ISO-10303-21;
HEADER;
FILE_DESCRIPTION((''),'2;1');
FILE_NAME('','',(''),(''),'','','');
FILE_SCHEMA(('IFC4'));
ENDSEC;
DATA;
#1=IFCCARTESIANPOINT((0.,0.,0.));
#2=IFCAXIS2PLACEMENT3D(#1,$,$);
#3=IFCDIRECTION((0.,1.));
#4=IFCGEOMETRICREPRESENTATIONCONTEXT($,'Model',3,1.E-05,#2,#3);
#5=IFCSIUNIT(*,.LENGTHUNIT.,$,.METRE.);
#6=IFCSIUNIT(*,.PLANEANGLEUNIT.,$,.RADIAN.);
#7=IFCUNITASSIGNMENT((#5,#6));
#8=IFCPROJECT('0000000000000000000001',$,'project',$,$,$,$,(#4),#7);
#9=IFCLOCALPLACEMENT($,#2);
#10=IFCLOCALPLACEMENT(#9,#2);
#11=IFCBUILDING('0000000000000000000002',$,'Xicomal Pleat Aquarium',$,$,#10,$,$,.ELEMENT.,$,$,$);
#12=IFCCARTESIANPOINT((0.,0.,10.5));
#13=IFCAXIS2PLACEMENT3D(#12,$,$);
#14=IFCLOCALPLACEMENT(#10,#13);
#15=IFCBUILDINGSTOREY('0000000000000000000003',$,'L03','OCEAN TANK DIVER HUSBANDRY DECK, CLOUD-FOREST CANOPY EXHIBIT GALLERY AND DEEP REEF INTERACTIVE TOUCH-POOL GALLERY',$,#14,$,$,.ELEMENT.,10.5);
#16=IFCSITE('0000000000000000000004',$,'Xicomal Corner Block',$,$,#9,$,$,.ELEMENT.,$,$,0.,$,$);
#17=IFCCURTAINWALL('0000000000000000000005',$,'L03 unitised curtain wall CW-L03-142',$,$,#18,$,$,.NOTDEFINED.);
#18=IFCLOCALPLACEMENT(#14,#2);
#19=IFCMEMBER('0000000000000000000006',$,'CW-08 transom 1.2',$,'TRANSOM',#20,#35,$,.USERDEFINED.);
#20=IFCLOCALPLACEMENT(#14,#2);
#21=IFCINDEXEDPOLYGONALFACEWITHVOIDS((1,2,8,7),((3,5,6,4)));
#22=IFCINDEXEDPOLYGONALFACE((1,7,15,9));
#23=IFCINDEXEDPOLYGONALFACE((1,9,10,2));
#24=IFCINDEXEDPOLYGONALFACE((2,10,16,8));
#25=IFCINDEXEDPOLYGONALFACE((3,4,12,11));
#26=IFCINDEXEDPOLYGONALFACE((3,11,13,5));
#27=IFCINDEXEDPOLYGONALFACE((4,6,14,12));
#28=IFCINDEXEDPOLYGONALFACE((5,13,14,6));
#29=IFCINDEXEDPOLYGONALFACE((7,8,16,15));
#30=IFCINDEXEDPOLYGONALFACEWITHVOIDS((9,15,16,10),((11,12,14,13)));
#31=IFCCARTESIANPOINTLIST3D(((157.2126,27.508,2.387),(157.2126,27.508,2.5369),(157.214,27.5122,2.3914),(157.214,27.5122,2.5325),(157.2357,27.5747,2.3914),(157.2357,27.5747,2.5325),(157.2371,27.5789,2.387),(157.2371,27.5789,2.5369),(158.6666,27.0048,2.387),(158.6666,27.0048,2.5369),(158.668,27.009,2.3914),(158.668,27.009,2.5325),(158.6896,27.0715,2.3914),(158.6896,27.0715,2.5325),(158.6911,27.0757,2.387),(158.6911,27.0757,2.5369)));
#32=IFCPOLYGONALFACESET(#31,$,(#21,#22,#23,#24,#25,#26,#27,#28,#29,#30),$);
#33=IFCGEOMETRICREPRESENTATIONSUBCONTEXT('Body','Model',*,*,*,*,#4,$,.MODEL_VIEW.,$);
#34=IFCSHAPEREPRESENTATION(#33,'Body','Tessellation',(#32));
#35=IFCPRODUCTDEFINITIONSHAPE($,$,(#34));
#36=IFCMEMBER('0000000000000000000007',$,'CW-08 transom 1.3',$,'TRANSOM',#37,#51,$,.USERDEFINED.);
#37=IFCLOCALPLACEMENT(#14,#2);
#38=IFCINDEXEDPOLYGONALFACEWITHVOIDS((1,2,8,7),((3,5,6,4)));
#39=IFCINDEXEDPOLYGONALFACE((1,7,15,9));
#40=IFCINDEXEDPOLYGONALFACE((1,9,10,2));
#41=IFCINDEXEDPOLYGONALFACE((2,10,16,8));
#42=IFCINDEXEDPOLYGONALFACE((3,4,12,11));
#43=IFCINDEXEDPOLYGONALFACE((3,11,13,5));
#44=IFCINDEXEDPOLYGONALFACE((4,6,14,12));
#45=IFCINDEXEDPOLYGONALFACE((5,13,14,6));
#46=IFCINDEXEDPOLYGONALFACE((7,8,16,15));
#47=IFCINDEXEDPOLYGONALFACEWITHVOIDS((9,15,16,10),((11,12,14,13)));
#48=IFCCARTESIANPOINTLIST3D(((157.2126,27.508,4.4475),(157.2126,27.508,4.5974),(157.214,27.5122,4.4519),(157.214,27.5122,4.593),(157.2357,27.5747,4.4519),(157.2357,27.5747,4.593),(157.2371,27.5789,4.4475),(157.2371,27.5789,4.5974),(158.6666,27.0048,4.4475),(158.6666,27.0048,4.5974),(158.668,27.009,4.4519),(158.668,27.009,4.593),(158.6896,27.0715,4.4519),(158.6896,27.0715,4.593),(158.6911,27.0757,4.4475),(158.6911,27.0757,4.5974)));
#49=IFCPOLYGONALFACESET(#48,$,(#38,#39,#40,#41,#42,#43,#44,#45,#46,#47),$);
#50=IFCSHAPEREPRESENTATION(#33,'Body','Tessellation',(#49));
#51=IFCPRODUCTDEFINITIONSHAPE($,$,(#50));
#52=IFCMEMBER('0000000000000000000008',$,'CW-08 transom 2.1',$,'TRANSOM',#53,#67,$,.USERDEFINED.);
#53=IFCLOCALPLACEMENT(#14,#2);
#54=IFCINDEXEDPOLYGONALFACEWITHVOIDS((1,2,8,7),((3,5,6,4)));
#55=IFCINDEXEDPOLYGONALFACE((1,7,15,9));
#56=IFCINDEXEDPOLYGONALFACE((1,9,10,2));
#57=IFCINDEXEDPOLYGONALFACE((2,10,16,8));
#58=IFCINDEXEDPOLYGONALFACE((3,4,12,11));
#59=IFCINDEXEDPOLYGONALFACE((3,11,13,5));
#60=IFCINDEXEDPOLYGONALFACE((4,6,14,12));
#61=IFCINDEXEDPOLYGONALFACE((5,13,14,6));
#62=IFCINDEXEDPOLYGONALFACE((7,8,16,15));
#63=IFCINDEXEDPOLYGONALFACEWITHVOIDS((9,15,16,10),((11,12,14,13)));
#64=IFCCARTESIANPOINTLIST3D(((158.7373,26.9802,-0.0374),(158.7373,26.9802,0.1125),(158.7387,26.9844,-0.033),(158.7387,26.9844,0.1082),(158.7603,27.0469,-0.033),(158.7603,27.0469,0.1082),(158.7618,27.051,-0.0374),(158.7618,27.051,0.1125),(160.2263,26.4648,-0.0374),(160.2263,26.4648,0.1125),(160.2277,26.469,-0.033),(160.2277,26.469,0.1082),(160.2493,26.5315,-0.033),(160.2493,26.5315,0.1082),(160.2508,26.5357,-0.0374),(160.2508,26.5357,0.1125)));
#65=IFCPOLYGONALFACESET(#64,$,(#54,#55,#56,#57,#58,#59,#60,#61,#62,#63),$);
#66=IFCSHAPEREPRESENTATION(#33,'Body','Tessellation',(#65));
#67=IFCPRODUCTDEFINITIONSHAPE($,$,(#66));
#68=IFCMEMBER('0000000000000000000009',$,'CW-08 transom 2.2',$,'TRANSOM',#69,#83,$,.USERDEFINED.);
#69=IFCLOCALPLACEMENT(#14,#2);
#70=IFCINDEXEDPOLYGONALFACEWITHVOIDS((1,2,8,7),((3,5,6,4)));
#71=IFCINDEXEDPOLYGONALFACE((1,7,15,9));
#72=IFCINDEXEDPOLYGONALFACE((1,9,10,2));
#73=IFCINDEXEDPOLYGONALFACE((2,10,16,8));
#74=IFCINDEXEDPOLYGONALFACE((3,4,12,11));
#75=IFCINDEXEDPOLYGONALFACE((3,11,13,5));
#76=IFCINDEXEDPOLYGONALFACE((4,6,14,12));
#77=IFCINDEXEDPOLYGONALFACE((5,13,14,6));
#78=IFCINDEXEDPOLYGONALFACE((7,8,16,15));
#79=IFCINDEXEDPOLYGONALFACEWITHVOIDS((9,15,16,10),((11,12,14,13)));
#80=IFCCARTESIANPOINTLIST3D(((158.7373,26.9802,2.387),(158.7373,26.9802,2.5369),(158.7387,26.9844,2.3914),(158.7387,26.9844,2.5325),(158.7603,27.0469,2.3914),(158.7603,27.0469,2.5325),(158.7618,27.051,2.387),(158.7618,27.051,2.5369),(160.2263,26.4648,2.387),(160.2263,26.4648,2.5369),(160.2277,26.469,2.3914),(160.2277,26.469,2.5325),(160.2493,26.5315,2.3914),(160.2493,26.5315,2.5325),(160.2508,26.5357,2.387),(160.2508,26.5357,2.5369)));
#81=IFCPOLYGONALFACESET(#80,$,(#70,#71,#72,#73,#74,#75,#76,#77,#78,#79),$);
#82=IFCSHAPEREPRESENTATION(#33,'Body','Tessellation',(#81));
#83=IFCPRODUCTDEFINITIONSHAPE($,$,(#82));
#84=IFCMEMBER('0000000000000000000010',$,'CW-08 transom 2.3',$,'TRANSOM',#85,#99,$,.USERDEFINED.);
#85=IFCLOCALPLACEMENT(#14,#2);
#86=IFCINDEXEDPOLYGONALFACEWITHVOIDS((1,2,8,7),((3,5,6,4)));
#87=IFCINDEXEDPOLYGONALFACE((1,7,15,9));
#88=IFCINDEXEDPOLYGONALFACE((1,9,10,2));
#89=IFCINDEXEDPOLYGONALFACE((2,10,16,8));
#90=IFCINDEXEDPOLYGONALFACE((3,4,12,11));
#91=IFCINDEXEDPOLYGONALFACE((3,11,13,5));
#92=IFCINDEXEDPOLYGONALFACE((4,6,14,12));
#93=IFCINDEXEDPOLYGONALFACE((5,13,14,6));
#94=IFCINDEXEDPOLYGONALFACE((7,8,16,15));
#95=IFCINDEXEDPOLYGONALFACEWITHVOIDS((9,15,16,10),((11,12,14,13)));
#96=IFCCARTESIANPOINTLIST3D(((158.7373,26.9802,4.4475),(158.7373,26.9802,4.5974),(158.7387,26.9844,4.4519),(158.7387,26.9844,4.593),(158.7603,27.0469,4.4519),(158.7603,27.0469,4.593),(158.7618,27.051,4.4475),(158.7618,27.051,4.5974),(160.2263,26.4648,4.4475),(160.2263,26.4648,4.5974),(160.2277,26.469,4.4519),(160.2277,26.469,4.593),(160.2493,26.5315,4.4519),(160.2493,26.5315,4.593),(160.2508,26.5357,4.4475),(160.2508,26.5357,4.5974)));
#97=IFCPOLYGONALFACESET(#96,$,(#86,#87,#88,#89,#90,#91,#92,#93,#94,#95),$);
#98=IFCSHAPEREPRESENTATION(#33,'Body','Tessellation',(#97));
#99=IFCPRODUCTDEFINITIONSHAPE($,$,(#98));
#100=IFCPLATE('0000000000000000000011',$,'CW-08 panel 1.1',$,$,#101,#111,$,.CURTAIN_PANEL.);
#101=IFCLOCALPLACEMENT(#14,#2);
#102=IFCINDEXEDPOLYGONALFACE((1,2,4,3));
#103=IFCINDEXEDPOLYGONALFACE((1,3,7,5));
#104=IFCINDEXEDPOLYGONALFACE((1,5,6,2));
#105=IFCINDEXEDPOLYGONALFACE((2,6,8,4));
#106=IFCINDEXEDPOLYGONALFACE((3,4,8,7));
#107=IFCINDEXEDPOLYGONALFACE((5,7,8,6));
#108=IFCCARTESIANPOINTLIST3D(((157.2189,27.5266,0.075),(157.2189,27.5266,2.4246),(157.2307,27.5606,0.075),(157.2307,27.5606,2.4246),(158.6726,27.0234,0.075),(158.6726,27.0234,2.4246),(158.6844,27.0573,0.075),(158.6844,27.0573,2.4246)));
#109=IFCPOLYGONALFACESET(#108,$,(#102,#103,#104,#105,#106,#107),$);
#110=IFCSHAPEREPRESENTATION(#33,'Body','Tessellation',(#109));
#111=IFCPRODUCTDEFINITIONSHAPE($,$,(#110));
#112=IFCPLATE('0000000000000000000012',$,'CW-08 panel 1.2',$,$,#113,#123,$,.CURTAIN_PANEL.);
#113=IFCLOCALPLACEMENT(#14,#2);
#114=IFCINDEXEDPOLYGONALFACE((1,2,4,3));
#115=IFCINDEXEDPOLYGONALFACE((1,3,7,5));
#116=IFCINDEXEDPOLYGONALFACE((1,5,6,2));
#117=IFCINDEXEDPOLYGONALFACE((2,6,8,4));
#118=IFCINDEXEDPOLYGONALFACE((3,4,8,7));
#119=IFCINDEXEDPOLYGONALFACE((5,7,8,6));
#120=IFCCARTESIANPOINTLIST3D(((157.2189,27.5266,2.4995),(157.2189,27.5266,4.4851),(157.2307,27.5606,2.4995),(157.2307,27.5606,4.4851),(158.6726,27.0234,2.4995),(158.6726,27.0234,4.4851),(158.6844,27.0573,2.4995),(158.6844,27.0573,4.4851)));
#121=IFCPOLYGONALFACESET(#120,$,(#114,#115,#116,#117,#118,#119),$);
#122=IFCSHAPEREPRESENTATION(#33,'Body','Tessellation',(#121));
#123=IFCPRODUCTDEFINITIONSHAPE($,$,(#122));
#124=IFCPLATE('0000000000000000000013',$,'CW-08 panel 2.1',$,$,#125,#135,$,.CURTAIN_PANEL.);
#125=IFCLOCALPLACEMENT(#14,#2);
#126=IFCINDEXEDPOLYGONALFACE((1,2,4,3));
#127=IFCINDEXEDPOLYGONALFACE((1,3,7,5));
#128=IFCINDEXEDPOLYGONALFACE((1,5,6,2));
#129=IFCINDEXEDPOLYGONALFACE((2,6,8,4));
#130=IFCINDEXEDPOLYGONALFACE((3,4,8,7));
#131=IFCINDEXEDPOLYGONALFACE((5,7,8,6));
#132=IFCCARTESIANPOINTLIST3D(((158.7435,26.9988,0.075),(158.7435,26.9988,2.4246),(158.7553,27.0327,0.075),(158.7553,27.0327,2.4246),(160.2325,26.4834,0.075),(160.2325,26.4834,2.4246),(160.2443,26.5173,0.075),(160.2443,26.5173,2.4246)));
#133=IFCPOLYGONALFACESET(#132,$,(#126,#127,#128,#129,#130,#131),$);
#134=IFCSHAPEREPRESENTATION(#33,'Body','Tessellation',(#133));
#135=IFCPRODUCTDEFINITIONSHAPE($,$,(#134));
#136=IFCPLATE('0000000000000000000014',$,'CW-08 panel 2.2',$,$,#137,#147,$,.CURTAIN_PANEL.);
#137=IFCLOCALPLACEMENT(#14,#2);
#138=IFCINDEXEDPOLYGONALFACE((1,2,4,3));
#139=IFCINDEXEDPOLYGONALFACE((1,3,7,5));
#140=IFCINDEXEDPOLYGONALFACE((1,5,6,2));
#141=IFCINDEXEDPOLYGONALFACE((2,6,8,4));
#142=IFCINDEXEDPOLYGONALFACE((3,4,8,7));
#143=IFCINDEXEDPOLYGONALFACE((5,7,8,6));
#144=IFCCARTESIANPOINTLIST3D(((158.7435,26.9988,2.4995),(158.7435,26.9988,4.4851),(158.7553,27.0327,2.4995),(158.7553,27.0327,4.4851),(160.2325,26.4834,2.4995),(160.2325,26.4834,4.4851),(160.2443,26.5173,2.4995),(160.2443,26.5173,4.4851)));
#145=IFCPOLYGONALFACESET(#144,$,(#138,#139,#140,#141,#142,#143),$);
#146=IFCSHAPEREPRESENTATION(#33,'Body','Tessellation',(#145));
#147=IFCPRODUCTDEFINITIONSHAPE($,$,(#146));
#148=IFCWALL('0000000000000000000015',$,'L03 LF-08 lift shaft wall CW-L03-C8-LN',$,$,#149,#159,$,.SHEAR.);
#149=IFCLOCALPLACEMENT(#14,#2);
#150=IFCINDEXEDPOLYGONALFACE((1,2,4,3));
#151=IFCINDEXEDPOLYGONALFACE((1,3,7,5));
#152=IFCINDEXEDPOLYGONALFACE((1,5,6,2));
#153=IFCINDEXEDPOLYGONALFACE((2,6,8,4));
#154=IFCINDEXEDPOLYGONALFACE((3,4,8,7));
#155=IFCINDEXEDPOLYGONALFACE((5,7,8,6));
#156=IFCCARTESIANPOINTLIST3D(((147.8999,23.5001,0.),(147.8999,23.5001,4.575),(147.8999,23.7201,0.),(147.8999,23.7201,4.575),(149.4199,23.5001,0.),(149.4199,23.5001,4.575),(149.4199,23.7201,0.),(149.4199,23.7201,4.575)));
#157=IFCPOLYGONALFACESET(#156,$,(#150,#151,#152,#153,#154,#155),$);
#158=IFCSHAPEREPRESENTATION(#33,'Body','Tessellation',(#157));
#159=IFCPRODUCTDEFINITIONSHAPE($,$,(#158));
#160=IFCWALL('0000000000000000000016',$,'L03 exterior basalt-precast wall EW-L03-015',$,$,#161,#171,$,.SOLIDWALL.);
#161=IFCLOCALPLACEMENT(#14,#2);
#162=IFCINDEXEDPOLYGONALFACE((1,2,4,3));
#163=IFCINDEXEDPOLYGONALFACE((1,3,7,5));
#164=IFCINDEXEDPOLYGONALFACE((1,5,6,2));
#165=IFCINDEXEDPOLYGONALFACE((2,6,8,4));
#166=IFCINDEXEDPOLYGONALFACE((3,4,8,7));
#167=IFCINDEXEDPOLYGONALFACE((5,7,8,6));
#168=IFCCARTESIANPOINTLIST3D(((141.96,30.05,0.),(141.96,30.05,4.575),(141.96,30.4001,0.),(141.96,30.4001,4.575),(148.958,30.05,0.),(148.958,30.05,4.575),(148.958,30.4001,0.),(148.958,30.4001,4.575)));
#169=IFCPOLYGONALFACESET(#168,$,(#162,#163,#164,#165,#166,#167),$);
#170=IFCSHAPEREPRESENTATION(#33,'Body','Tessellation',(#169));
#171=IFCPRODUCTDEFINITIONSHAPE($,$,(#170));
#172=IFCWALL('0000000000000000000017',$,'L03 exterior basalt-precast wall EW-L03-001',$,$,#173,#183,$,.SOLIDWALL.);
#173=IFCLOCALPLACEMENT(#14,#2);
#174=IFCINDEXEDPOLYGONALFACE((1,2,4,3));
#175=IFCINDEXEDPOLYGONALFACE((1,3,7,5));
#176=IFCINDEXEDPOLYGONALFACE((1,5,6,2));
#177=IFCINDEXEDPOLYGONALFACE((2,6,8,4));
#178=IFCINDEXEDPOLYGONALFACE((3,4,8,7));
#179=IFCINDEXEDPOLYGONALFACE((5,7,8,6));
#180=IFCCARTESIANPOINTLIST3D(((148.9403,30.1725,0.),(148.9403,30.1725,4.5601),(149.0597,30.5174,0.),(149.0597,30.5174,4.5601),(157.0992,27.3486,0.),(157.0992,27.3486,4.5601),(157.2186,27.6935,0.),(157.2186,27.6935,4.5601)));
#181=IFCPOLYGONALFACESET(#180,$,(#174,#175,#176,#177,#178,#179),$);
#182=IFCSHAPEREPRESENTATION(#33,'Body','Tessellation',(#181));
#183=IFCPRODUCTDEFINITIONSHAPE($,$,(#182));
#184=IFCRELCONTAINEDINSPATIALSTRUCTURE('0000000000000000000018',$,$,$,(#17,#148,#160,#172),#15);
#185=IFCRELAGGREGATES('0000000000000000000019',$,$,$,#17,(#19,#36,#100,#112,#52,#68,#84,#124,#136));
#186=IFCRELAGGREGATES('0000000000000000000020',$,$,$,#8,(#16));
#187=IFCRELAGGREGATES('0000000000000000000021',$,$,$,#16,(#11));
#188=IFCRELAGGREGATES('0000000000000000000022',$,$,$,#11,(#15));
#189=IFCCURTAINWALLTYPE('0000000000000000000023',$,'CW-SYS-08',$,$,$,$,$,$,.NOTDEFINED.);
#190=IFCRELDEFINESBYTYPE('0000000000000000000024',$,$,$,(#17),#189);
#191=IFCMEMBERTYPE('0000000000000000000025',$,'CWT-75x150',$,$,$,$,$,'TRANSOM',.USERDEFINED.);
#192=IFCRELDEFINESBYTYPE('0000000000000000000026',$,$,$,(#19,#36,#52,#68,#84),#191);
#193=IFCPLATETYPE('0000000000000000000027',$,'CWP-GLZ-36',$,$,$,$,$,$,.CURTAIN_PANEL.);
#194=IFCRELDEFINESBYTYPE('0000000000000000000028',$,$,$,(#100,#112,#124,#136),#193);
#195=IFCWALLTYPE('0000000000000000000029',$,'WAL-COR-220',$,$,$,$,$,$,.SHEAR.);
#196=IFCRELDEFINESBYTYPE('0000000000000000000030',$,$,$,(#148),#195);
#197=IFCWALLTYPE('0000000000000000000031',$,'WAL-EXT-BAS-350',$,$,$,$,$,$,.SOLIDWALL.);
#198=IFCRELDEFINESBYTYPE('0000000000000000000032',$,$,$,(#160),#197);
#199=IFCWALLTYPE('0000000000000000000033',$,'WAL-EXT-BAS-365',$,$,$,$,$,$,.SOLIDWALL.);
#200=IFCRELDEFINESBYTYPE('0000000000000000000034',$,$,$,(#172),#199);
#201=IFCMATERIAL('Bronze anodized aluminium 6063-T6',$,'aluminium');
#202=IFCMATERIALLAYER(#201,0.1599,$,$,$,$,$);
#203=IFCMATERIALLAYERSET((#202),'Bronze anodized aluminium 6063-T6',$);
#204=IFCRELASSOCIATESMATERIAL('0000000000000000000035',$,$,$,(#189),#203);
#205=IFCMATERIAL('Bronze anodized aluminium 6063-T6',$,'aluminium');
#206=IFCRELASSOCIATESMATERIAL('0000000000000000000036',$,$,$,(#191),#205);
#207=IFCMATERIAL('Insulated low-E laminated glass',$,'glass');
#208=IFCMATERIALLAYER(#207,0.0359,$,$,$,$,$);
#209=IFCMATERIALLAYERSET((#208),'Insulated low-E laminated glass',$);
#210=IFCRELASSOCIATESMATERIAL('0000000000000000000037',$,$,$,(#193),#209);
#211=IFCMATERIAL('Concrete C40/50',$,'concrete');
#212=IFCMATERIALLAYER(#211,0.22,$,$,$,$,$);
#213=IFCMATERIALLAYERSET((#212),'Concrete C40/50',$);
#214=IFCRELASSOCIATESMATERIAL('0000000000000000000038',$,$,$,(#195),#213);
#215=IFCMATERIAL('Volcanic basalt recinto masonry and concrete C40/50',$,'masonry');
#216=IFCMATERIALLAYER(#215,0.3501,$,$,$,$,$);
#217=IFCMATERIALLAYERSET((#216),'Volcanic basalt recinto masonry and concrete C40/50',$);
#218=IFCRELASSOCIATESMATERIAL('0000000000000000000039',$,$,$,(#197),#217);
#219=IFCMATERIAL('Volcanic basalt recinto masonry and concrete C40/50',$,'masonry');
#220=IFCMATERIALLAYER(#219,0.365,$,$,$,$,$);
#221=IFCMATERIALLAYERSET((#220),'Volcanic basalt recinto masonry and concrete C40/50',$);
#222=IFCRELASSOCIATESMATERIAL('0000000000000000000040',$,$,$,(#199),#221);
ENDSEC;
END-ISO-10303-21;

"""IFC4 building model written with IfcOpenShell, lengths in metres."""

from ifc_helpers import new_model, si_unit, direction, frame, frame_2d, origin, origin_2d, place, context, subcontext, project, spatial, rectangle, hollow_rectangle, extrude, material, layer, layer_set, material_profile, profile_set, type_object, element, aggregate, save


model = new_model("IFC4")

# Units and contexts
model_context = context("Model", 3, precision=1e-05, world=origin(), true_north=direction((0.0, 1.0)))
body_context = subcontext(model_context, "Body", "Model", "MODEL_VIEW")
ifc_project = project(units=[si_unit("LENGTHUNIT", "METRE"), si_unit("PLANEANGLEUNIT", "RADIAN")], contexts=[model_context])

# Site, building, storey
site_placement = place(None, origin())
site = spatial("IfcSite", under=ifc_project, at=site_placement, Name="Xicomal Corner Block", CompositionType="ELEMENT", RefElevation=0.0)
building_placement = place(site_placement, origin())
building = spatial("IfcBuilding", under=site, at=building_placement, Name="Xicomal Pleat Aquarium", CompositionType="ELEMENT")
storey_placement = place(building_placement, frame((0.0, 0.0, 10.5)))
storey = spatial("IfcBuildingStorey", under=building, at=storey_placement, Name="L03", Description="OCEAN TANK DIVER HUSBANDRY DECK, CLOUD-FOREST CANOPY EXHIBIT GALLERY AND DEEP REEF INTERACTIVE TOUCH-POOL GALLERY", CompositionType="ELEMENT", Elevation=10.5)

# Curtain wall, members, plates
ifc_material_1 = material(Name="Bronze anodized aluminium 6063-T6", Category="aluminium")
ifc_layer_1 = layer(ifc_material_1, 0.1599)
ifc_layer_set_1 = layer_set([ifc_layer_1], Name="Bronze anodized aluminium 6063-T6")
curtain_wall_type = type_object("IfcCurtainWallType", Name="CW-SYS-08", PredefinedType="NOTDEFINED", material=ifc_layer_set_1)
curtain_wall_placement = place(storey_placement, origin())
curtain_wall = element("IfcCurtainWall", 1, at=curtain_wall_placement, inside=storey, type_object=curtain_wall_type, Name="L03 unitised curtain wall CW-L03-142", PredefinedType="NOTDEFINED")
ifc_material_2 = material(Name="Bronze anodized aluminium 6063-T6", Category="aluminium")
ifc_material_profile_1 = material_profile(ifc_material_2, hollow_rectangle(XDim=0.075, YDim=0.1499, WallThickness=0.0044, at=origin_2d()), Name="ALU TRAN 75x150")
ifc_profile_set_1 = profile_set([ifc_material_profile_1], Name="Bronze anodized aluminium 6063-T6")
member_type_1 = type_object("IfcMemberType", Name="CWT-75x150", ElementType="TRANSOM", PredefinedType="USERDEFINED", material=ifc_profile_set_1)
member_1_placement = place(storey_placement, frame((157.2249, 27.5435, 2.4619), z_axis=(0.945003, -0.327062, 0.0), x_axis=(0.327062, 0.945003, 0.0)))
member_1 = element("IfcMember", 2, at=member_1_placement, type_object=member_type_1, Name="CW-08 transom 1.2", ObjectType="TRANSOM", PredefinedType="USERDEFINED", context=body_context, shape_type="SweptSolid", body=[
    extrude(hollow_rectangle(XDim=0.075, YDim=0.1499, WallThickness=0.0044, at=origin_2d()), origin(), (0.0, 0.0, 1.0), 1.5386),
])
member_2_placement = place(storey_placement, frame((157.2249, 27.5435, 4.5225), z_axis=(0.945003, -0.327062, 0.0), x_axis=(0.327062, 0.945003, 0.0)))
member_2 = element("IfcMember", 3, at=member_2_placement, type_object=member_type_1, Name="CW-08 transom 1.3", ObjectType="TRANSOM", PredefinedType="USERDEFINED", context=body_context, shape_type="SweptSolid", body=[
    extrude(hollow_rectangle(XDim=0.075, YDim=0.1499, WallThickness=0.0044, at=origin_2d()), origin(), (0.0, 0.0, 1.0), 1.5386),
])
member_3_placement = place(storey_placement, frame((158.7495, 27.0156, 0.0376), z_axis=(0.944995, -0.327084, 0.0), x_axis=(0.327084, 0.944995, 0.0)))
member_3 = element("IfcMember", 4, at=member_3_placement, type_object=member_type_1, Name="CW-08 transom 2.1", ObjectType="TRANSOM", PredefinedType="USERDEFINED", context=body_context, shape_type="SweptSolid", body=[
    extrude(hollow_rectangle(XDim=0.075, YDim=0.1499, WallThickness=0.0044, at=origin_2d()), origin(), (0.0, 0.0, 1.0), 1.5757),
])
member_4_placement = place(storey_placement, frame((158.7495, 27.0156, 2.4619), z_axis=(0.944995, -0.327084, 0.0), x_axis=(0.327084, 0.944995, 0.0)))
member_4 = element("IfcMember", 5, at=member_4_placement, type_object=member_type_1, Name="CW-08 transom 2.2", ObjectType="TRANSOM", PredefinedType="USERDEFINED", context=body_context, shape_type="SweptSolid", body=[
    extrude(hollow_rectangle(XDim=0.075, YDim=0.1499, WallThickness=0.0044, at=origin_2d()), origin(), (0.0, 0.0, 1.0), 1.5757),
])
member_5_placement = place(storey_placement, frame((158.7495, 27.0156, 4.5225), z_axis=(0.944995, -0.327084, 0.0), x_axis=(0.327084, 0.944995, 0.0)))
member_5 = element("IfcMember", 6, at=member_5_placement, type_object=member_type_1, Name="CW-08 transom 2.3", ObjectType="TRANSOM", PredefinedType="USERDEFINED", context=body_context, shape_type="SweptSolid", body=[
    extrude(hollow_rectangle(XDim=0.075, YDim=0.1499, WallThickness=0.0044, at=origin_2d()), origin(), (0.0, 0.0, 1.0), 1.5757),
])
ifc_material_3 = material(Name="Insulated low-E laminated glass", Category="glass")
ifc_layer_2 = layer(ifc_material_3, 0.0359)
ifc_layer_set_2 = layer_set([ifc_layer_2], Name="Insulated low-E laminated glass")
plate_type = type_object("IfcPlateType", Name="CWP-GLZ-36", PredefinedType="CURTAIN_PANEL", material=ifc_layer_set_2)
plate_1_placement = place(storey_placement, frame((157.9517, 27.292, 0.075), z_axis=(0.0, 0.0, 1.0), x_axis=(0.944986, -0.327111, 0.0)))
plate_1 = element("IfcPlate", 7, at=plate_1_placement, type_object=plate_type, Name="CW-08 panel 1.1", PredefinedType="CURTAIN_PANEL", context=body_context, shape_type="SweptSolid", body=[
    extrude(rectangle(XDim=1.5383, YDim=0.0359, at=origin_2d()), origin(), (0.0, 0.0, 1.0), 2.3496),
])
plate_2_placement = place(storey_placement, frame((157.9517, 27.292, 2.4995), z_axis=(0.0, 0.0, 1.0), x_axis=(0.944986, -0.327111, 0.0)))
plate_2 = element("IfcPlate", 8, at=plate_2_placement, type_object=plate_type, Name="CW-08 panel 1.2", PredefinedType="CURTAIN_PANEL", context=body_context, shape_type="SweptSolid", body=[
    extrude(rectangle(XDim=1.5383, YDim=0.0359, at=origin_2d()), origin(), (0.0, 0.0, 1.0), 1.9856),
])
plate_3_placement = place(storey_placement, frame((159.4939, 26.7581, 0.075), z_axis=(0.0, 0.0, 1.0), x_axis=(0.944986, -0.327111, 0.0)))
plate_3 = element("IfcPlate", 9, at=plate_3_placement, type_object=plate_type, Name="CW-08 panel 2.1", PredefinedType="CURTAIN_PANEL", context=body_context, shape_type="SweptSolid", body=[
    extrude(rectangle(XDim=1.5757, YDim=0.0359, at=origin_2d()), origin(), (0.0, 0.0, 1.0), 2.3496),
])
plate_4_placement = place(storey_placement, frame((159.4939, 26.7581, 2.4995), z_axis=(0.0, 0.0, 1.0), x_axis=(0.944986, -0.327111, 0.0)))
plate_4 = element("IfcPlate", 10, at=plate_4_placement, type_object=plate_type, Name="CW-08 panel 2.2", PredefinedType="CURTAIN_PANEL", context=body_context, shape_type="SweptSolid", body=[
    extrude(rectangle(XDim=1.5757, YDim=0.0359, at=origin_2d()), origin(), (0.0, 0.0, 1.0), 1.9856),
])
aggregate(curtain_wall, [member_1, member_2, plate_1, plate_2, member_3, member_4, member_5, plate_3, plate_4])

# Walls
ifc_material_4 = material(Name="Concrete C40/50", Category="concrete")
ifc_layer_3 = layer(ifc_material_4, 0.22)
ifc_layer_set_3 = layer_set([ifc_layer_3], Name="Concrete C40/50")
wall_type_1 = type_object("IfcWallType", Name="WAL-COR-220", PredefinedType="SHEAR", material=ifc_layer_set_3)
wall_1_placement = place(storey_placement, frame((147.8999, 23.6101, 0.0), z_axis=(0.0, 0.0, 1.0), x_axis=(1.0, 0.0, 0.0)))
element("IfcWall", 11, at=wall_1_placement, inside=storey, type_object=wall_type_1, Name="L03 LF-08 lift shaft wall CW-L03-C8-LN", PredefinedType="SHEAR", context=body_context, shape_type="SweptSolid", body=[
    extrude(rectangle(XDim=1.52, YDim=0.22, at=frame_2d((0.76, 0.0))), origin(), (0.0, 0.0, 1.0), 4.575),
])
ifc_material_5 = material(Name="Volcanic basalt recinto masonry and concrete C40/50", Category="masonry")
ifc_layer_4 = layer(ifc_material_5, 0.3501)
ifc_layer_set_4 = layer_set([ifc_layer_4], Name="Volcanic basalt recinto masonry and concrete C40/50")
wall_type_2 = type_object("IfcWallType", Name="WAL-EXT-BAS-350", PredefinedType="SOLIDWALL", material=ifc_layer_set_4)
wall_2_placement = place(storey_placement, frame((141.96, 30.2251, 0.0), z_axis=(0.0, 0.0, 1.0), x_axis=(1.0, 0.0, 0.0)))
element("IfcWall", 12, at=wall_2_placement, inside=storey, type_object=wall_type_2, Name="L03 exterior basalt-precast wall EW-L03-015", PredefinedType="SOLIDWALL", context=body_context, shape_type="SweptSolid", body=[
    extrude(rectangle(XDim=6.998, YDim=0.3501, at=frame_2d((3.499, 0.0))), origin(), (0.0, 0.0, 1.0), 4.575),
])
ifc_material_6 = material(Name="Volcanic basalt recinto masonry and concrete C40/50", Category="masonry")
ifc_layer_5 = layer(ifc_material_6, 0.365)
ifc_layer_set_5 = layer_set([ifc_layer_5], Name="Volcanic basalt recinto masonry and concrete C40/50")
wall_type_3 = type_object("IfcWallType", Name="WAL-EXT-BAS-365", PredefinedType="SOLIDWALL", material=ifc_layer_set_5)
wall_3_placement = place(storey_placement, frame((149.0, 30.345, 0.0), z_axis=(0.0, 0.0, 1.0), x_axis=(0.944996, -0.327082, 0.0)))
element("IfcWall", 13, at=wall_3_placement, inside=storey, type_object=wall_type_3, Name="L03 exterior basalt-precast wall EW-L03-001", PredefinedType="SOLIDWALL", context=body_context, shape_type="SweptSolid", body=[
    extrude(rectangle(XDim=8.6338, YDim=0.365, at=frame_2d((4.3169, 0.0))), origin(), (0.0, 0.0, 1.0), 4.5601),
])

save(model, "model.ifc")
